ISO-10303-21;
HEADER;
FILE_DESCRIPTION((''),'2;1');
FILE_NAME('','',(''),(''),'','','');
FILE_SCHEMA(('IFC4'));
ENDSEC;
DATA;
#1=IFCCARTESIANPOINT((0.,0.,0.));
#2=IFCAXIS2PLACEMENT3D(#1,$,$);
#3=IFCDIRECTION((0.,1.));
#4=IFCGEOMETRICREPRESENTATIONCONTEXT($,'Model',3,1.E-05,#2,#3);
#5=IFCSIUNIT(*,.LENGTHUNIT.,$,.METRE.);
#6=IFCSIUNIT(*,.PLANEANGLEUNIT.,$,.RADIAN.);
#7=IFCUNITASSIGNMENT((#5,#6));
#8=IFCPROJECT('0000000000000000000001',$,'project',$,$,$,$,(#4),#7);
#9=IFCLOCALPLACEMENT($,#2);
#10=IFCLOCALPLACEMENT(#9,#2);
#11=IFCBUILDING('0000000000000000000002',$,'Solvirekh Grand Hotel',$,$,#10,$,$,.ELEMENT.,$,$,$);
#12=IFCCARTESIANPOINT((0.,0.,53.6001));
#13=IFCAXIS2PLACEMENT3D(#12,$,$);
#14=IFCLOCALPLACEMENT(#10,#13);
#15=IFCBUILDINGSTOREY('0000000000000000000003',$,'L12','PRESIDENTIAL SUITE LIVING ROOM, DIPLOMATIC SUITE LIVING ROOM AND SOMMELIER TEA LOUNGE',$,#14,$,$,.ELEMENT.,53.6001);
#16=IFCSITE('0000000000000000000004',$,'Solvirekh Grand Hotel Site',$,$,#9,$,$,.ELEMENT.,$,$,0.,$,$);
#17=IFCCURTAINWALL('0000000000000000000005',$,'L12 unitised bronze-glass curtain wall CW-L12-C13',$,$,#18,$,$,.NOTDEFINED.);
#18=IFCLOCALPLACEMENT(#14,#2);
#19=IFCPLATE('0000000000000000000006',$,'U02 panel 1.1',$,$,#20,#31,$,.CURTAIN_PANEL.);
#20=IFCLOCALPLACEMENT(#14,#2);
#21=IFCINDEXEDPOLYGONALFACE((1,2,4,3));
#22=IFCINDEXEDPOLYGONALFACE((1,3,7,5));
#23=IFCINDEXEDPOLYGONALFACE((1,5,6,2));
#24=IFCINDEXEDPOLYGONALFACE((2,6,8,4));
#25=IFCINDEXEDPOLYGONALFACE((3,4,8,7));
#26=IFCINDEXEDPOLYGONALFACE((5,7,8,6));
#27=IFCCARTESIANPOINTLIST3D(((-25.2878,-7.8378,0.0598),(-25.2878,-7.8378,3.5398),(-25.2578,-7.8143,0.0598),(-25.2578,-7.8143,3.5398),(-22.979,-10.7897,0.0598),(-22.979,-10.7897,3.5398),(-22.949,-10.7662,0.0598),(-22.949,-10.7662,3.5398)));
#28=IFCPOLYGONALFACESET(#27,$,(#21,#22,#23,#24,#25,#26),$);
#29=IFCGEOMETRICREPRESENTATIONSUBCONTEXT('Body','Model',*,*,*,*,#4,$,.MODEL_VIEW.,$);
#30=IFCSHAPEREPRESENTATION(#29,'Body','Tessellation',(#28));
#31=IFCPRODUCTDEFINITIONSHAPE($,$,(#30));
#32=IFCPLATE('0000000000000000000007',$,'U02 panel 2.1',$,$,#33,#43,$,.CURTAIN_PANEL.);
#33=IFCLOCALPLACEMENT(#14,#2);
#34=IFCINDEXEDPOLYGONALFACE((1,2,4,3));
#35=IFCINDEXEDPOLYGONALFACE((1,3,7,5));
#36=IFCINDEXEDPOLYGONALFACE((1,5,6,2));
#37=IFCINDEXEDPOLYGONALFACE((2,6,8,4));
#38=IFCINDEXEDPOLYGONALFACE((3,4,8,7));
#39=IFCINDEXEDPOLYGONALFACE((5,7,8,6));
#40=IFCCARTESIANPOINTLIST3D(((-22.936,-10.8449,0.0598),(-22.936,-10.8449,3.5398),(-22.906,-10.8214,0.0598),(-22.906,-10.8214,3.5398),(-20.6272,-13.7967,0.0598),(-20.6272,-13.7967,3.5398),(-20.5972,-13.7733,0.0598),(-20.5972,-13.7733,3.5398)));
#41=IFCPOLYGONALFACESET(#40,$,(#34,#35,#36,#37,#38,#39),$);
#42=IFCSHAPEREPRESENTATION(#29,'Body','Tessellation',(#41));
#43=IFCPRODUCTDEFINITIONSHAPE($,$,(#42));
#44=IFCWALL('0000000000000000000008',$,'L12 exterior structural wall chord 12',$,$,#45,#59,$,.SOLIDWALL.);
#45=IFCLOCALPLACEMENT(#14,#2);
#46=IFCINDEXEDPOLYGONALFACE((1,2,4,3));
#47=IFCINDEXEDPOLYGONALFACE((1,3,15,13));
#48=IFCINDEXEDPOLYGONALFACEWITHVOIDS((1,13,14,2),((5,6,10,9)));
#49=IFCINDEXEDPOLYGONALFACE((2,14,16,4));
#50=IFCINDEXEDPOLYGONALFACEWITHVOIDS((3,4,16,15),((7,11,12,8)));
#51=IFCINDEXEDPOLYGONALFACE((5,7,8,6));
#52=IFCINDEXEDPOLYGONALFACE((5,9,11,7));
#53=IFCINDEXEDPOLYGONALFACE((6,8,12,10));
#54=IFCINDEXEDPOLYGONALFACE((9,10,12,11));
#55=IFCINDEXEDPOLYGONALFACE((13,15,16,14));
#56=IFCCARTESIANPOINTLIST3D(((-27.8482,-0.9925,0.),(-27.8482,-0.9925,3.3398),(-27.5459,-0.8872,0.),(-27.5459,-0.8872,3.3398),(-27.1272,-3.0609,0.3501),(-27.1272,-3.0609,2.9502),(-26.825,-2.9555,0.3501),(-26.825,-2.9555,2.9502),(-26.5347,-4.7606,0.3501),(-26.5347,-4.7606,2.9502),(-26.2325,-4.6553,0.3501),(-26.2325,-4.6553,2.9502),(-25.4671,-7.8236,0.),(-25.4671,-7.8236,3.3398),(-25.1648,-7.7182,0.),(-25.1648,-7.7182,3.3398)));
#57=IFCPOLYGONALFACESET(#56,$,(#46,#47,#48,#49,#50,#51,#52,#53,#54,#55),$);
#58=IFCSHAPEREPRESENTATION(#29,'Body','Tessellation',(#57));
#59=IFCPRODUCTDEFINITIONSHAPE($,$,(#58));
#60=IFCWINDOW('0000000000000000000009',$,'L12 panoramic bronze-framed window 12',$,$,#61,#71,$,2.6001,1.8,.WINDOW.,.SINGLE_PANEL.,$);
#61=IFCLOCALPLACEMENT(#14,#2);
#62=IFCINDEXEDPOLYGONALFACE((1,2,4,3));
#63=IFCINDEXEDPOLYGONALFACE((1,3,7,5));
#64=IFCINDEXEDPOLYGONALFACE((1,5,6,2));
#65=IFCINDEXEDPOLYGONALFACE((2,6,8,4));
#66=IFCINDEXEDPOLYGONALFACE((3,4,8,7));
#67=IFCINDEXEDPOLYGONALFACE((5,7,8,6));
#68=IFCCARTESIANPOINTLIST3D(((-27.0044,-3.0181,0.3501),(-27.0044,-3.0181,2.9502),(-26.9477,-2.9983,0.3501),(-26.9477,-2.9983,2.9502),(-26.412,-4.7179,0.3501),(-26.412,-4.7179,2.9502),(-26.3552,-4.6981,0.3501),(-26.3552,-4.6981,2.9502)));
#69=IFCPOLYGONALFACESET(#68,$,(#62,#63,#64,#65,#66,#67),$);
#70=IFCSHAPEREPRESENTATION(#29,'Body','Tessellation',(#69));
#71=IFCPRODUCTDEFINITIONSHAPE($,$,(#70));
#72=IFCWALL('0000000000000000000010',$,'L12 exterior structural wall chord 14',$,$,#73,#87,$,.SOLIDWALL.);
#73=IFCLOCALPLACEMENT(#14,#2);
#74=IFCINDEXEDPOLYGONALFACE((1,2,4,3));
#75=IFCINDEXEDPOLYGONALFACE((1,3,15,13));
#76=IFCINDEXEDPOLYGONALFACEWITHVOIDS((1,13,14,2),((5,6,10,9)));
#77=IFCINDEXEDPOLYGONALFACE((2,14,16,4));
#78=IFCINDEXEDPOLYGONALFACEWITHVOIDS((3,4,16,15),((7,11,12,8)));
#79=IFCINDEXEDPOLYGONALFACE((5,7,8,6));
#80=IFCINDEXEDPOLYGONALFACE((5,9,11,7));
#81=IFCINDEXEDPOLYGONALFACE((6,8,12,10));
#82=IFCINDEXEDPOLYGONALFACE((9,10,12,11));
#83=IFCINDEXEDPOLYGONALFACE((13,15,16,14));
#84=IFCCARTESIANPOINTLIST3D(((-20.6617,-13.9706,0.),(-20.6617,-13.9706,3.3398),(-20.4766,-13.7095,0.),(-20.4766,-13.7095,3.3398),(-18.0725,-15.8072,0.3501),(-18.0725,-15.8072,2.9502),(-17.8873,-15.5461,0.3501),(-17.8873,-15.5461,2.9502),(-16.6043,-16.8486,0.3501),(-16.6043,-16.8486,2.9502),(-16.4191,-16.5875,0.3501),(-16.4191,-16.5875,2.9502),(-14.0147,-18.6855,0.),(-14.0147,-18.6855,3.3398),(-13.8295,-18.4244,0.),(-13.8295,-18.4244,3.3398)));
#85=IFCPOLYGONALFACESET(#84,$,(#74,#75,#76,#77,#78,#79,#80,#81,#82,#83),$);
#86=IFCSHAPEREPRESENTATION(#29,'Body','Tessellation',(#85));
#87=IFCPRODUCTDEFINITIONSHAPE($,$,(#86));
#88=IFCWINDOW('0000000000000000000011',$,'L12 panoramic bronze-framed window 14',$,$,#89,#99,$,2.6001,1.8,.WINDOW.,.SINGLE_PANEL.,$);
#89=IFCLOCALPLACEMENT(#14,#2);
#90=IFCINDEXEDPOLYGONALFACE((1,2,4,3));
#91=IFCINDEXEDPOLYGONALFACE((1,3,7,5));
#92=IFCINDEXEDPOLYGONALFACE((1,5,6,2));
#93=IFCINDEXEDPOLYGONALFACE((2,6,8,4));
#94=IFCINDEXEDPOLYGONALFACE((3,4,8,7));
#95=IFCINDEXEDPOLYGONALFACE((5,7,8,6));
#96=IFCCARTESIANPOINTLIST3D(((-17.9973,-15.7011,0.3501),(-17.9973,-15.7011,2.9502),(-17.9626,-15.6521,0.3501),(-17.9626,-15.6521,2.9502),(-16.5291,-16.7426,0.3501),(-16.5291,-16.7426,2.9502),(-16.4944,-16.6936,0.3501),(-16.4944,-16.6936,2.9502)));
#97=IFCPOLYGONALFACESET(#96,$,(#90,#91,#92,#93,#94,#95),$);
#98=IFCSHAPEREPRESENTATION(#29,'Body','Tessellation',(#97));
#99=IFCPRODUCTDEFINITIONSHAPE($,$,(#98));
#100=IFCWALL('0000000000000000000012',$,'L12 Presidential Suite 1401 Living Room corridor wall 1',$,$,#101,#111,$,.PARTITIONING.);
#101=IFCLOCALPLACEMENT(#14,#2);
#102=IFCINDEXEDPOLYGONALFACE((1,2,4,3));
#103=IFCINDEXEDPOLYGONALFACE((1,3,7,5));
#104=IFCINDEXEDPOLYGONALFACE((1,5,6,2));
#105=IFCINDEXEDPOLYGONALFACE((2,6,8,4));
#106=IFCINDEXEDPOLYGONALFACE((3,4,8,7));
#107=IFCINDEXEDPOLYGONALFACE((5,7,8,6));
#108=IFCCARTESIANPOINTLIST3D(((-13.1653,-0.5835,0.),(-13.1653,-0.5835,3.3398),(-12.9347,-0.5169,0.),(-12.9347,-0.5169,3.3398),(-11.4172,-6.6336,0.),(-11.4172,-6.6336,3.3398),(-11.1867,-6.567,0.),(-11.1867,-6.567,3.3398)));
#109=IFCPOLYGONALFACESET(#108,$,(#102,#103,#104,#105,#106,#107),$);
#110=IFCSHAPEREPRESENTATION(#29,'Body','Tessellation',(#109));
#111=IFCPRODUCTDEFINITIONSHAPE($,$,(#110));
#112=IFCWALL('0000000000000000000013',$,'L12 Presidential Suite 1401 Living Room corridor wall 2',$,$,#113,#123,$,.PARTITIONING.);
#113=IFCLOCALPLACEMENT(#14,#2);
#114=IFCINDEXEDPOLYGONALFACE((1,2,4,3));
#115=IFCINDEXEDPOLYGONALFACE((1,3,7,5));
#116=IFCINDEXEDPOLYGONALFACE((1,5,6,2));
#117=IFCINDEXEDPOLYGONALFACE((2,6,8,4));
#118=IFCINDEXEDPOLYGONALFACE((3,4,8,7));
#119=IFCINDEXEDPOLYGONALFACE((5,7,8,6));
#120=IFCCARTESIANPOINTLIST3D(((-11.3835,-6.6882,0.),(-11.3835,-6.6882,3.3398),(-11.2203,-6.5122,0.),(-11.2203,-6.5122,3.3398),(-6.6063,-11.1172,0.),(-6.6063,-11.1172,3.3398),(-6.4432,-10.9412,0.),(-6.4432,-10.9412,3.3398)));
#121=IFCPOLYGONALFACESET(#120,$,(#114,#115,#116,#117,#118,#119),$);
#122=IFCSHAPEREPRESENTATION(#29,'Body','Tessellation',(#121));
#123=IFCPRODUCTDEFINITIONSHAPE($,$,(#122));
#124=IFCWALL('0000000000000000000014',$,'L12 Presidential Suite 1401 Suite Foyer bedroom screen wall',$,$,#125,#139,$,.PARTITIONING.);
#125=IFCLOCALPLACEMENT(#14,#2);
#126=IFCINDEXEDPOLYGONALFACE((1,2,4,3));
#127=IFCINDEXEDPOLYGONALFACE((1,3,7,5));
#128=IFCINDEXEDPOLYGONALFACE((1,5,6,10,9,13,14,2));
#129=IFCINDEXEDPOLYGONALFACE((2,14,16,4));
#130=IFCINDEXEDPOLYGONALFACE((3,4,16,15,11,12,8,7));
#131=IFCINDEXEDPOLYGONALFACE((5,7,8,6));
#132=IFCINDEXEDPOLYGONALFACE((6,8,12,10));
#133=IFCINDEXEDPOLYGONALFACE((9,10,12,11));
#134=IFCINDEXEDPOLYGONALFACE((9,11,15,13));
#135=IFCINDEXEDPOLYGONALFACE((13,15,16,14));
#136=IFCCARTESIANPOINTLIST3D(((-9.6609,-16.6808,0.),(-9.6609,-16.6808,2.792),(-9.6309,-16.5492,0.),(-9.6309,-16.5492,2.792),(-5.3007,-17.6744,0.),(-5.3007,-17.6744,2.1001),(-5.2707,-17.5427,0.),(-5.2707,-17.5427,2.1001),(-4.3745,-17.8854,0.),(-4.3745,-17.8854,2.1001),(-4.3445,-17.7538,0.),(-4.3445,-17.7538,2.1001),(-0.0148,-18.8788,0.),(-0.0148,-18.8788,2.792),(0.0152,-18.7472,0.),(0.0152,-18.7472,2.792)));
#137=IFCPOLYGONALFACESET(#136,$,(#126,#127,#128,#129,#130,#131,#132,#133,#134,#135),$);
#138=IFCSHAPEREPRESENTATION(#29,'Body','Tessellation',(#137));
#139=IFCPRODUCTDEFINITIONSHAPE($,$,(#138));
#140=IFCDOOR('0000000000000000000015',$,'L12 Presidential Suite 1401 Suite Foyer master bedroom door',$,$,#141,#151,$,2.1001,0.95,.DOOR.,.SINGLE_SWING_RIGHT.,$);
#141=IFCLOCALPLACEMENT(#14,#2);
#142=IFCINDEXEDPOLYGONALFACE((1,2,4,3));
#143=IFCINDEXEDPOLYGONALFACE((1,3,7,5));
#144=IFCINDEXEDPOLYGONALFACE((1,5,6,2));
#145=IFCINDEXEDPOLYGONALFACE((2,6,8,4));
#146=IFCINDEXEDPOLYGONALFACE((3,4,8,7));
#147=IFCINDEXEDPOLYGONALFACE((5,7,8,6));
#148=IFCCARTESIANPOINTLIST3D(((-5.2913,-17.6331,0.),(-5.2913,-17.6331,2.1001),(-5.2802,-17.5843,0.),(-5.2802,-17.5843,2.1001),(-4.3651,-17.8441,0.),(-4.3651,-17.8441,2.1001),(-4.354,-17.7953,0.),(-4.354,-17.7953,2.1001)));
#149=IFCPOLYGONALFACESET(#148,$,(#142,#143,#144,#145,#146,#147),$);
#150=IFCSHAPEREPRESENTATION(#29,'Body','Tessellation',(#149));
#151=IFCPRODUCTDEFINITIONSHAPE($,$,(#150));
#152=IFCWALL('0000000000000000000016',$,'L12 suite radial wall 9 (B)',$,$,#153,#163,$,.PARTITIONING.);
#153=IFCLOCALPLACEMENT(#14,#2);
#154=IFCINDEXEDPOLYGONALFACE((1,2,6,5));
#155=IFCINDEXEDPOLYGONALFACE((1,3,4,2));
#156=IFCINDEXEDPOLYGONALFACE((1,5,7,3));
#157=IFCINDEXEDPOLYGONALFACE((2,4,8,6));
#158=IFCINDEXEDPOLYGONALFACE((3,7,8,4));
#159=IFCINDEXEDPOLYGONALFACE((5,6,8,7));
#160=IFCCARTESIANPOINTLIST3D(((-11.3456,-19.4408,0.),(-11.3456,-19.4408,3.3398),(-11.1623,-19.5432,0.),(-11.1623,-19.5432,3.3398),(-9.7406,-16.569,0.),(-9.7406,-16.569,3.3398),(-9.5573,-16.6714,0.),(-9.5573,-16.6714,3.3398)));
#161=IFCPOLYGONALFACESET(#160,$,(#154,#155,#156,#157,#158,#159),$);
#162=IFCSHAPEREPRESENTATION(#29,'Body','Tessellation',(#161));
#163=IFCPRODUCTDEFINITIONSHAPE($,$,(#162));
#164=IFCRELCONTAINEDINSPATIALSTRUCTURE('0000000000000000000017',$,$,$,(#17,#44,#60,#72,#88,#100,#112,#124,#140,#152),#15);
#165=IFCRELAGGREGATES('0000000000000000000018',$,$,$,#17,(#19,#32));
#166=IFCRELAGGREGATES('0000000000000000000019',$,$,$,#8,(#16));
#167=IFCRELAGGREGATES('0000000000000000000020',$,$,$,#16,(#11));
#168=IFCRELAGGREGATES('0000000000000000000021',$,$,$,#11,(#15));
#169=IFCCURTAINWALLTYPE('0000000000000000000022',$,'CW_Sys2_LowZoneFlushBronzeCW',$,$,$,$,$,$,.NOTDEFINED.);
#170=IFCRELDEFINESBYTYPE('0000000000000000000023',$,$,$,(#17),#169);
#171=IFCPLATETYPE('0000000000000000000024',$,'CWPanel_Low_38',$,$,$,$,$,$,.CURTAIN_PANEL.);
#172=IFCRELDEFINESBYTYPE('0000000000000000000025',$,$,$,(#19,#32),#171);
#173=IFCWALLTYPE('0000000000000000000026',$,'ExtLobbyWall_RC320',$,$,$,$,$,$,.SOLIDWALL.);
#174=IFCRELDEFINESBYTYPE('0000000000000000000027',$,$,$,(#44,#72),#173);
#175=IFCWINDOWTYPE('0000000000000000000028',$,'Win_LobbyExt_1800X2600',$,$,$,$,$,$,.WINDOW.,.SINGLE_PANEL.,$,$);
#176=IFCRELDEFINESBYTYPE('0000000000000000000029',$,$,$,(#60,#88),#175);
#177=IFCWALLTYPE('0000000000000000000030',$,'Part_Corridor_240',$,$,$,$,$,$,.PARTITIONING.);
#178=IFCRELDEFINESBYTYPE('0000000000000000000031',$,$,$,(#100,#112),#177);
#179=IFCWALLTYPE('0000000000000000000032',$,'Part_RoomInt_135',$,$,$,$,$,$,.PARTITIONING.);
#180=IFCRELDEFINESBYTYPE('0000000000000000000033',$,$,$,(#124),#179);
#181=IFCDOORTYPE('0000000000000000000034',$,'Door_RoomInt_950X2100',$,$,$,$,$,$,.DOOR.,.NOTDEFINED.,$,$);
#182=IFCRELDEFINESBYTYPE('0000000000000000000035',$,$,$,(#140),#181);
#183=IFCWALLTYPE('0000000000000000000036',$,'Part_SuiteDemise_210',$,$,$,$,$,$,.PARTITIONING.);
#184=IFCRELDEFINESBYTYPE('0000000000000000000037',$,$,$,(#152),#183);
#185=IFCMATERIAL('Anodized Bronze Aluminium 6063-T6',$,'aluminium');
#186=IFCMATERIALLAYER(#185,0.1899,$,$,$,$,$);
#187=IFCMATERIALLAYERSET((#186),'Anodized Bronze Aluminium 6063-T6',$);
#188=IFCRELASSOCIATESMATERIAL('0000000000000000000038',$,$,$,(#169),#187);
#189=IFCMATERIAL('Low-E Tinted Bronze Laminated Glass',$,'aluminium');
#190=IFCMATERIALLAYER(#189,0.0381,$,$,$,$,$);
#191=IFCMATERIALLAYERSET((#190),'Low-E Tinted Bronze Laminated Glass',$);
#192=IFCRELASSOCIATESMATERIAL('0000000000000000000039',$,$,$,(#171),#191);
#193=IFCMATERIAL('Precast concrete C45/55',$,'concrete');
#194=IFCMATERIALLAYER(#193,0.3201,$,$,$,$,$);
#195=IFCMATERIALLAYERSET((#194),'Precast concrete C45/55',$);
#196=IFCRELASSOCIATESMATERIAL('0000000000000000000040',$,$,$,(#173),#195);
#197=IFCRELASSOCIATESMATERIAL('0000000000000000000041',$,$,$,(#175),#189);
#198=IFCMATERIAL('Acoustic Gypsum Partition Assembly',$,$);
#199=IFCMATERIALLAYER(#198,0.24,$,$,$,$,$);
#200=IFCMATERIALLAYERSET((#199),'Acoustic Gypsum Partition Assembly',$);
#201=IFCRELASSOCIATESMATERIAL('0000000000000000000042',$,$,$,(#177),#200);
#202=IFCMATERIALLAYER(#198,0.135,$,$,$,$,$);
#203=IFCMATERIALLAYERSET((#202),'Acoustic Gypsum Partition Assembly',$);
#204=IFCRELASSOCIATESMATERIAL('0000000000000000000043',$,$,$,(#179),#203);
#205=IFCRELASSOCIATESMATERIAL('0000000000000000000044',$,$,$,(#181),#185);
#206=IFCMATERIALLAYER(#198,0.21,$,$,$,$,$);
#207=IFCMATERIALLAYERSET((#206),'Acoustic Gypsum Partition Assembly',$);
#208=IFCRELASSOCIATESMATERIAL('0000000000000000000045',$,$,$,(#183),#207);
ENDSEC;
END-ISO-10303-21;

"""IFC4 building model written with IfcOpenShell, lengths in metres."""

from ifc_helpers import new_model, si_unit, direction, frame, frame_2d, origin, origin_2d, place, context, subcontext, project, spatial, rectangle, extrude, source, transform, mapped, material, layer, layer_set, type_object, element, fill, aggregate, save


model = new_model("IFC4")

# Units and contexts
model_context = context("Model", 3, precision=1e-05, world=origin(), true_north=direction((0.0, 1.0)))
body_context = subcontext(model_context, "Body", "Model", "MODEL_VIEW")
ifc_project = project(units=[si_unit("LENGTHUNIT", "METRE"), si_unit("PLANEANGLEUNIT", "RADIAN")], contexts=[model_context])

# Site, building, storey
site_placement = place(None, origin())
site = spatial("IfcSite", under=ifc_project, at=site_placement, Name="Solvirekh Grand Hotel Site", CompositionType="ELEMENT", RefElevation=0.0)
building_placement = place(site_placement, origin())
building = spatial("IfcBuilding", under=site, at=building_placement, Name="Solvirekh Grand Hotel", CompositionType="ELEMENT")
storey_placement = place(building_placement, frame((0.0, 0.0, 53.6001)))
storey = spatial("IfcBuildingStorey", under=building, at=storey_placement, Name="L12", Description="PRESIDENTIAL SUITE LIVING ROOM, DIPLOMATIC SUITE LIVING ROOM AND SOMMELIER TEA LOUNGE", CompositionType="ELEMENT", Elevation=53.6001)

# Curtain wall
ifc_material_1 = material(Name="Anodized Bronze Aluminium 6063-T6", Category="aluminium")
ifc_layer_1 = layer(ifc_material_1, 0.1899)
ifc_layer_set_1 = layer_set([ifc_layer_1], Name="Anodized Bronze Aluminium 6063-T6")
curtain_wall_type = type_object("IfcCurtainWallType", Name="CW_Sys2_LowZoneFlushBronzeCW", PredefinedType="NOTDEFINED", material=ifc_layer_set_1)
curtain_wall_1_placement = place(storey_placement, origin())
curtain_wall_1 = element("IfcCurtainWall", 1, at=curtain_wall_1_placement, inside=storey, type_object=curtain_wall_type, Name="L12 unitised bronze-glass curtain wall CW-L12-C13", PredefinedType="NOTDEFINED")

# Plates
ifc_material_2 = material(Name="Low-E Tinted Bronze Laminated Glass", Category="aluminium")
ifc_layer_2 = layer(ifc_material_2, 0.0381)
ifc_layer_set_2 = layer_set([ifc_layer_2], Name="Low-E Tinted Bronze Laminated Glass")
plate_type = type_object("IfcPlateType", Name="CWPanel_Low_38", PredefinedType="CURTAIN_PANEL", material=ifc_layer_set_2)
shared_shape_1 = source(origin(), body_context, "Body", "SweptSolid", [
    extrude(rectangle(XDim=3.7476, YDim=0.0381, at=origin_2d()), origin(), (0.0, 0.0, 1.0), 3.48),
])
plate_1_placement = place(storey_placement, frame((-24.1184, -9.302, 0.0598), z_axis=(0.0, 0.0, 1.0), x_axis=(0.616095, -0.787672, 0.0)))
plate_1 = element("IfcPlate", 2, at=plate_1_placement, type_object=plate_type, Name="U02 panel 1.1", PredefinedType="CURTAIN_PANEL", context=body_context, shape_type="MappedRepresentation", body=[
    mapped(shared_shape_1, transform((0.0, 0.0, 0.0), x_axis=(1.0, 0.0, 0.0), y_axis=(0.0, 1.0, 0.0), z_axis=(0.0, 0.0, 1.0), scale=1.0)),
])
plate_2_placement = place(storey_placement, frame((-21.7666, -12.3091, 0.0598), z_axis=(0.0, 0.0, 1.0), x_axis=(0.616095, -0.787672, 0.0)))
plate_2 = element("IfcPlate", 3, at=plate_2_placement, type_object=plate_type, Name="U02 panel 2.1", PredefinedType="CURTAIN_PANEL", context=body_context, shape_type="MappedRepresentation", body=[
    mapped(shared_shape_1, transform((0.0, 0.0, 0.0), x_axis=(1.0, 0.0, 0.0), y_axis=(0.0, 1.0, 0.0), z_axis=(0.0, 0.0, 1.0), scale=1.0)),
])
aggregate(curtain_wall_1, [plate_1, plate_2])

# Walls, openings, windows
ifc_material_3 = material(Name="Precast concrete C45/55", Category="concrete")
ifc_layer_3 = layer(ifc_material_3, 0.3201)
ifc_layer_set_3 = layer_set([ifc_layer_3], Name="Precast concrete C45/55")
wall_type_1 = type_object("IfcWallType", Name="ExtLobbyWall_RC320", PredefinedType="SOLIDWALL", material=ifc_layer_set_3)
wall_1_placement = place(storey_placement, frame((-25.3159, -7.771, 0.0), z_axis=(0.0, 0.0, 1.0), x_axis=(-0.329148, 0.944279, 0.0)))
wall_1 = element("IfcWall", 4, at=wall_1_placement, inside=storey, type_object=wall_type_1, Name="L12 exterior structural wall chord 12", PredefinedType="SOLIDWALL", context=body_context, shape_type="SweptSolid", body=[
    extrude(rectangle(XDim=7.2341, YDim=0.3201, at=frame_2d((3.6172, 0.0))), origin(), (0.0, 0.0, 1.0), 3.3398),
])
opening_1_placement = place(wall_1_placement, frame((3.2439, 0.0, 0.3501)))
opening_1 = element("IfcOpeningElement", 5, at=opening_1_placement, cuts=wall_1, PredefinedType="OPENING", context=body_context, shape_type="SweptSolid", body=[
    extrude(rectangle(XDim=1.8, YDim=2.6001, at=frame_2d((0.8999, 1.3))), frame((0.0, 0.1699, 0.0), z_axis=(0.0, -1.0, 0.0), x_axis=(1.0, 0.0, 0.0)), (0.0, 0.0, 1.0), 0.3401),
])
window_type = type_object("IfcWindowType", Name="Win_LobbyExt_1800X2600", PartitioningType="SINGLE_PANEL", PredefinedType="WINDOW", material=ifc_material_2)
window_1_placement = place(opening_1_placement, origin())
window_1 = element("IfcWindow", 6, at=window_1_placement, inside=storey, type_object=window_type, Name="L12 panoramic bronze-framed window 12", OverallHeight=2.6001, OverallWidth=1.8, PartitioningType="SINGLE_PANEL", PredefinedType="WINDOW", context=body_context, shape_type="SweptSolid", body=[
    extrude(rectangle(XDim=1.8, YDim=2.6001, at=frame_2d((0.8999, 1.3))), frame((0.0, 0.03, 0.0), z_axis=(0.0, -1.0, 0.0), x_axis=(1.0, 0.0, 0.0)), (0.0, 0.0, 1.0), 0.0601),
])
fill(opening_1, window_1)
wall_2_placement = place(storey_placement, frame((-13.9221, -18.5549, 0.0), z_axis=(0.0, 0.0, 1.0), x_axis=(-0.815644, 0.578554, 0.0)))
wall_2 = element("IfcWall", 7, at=wall_2_placement, inside=storey, type_object=wall_type_1, Name="L12 exterior structural wall chord 14", PredefinedType="SOLIDWALL", context=body_context, shape_type="SweptSolid", body=[
    extrude(rectangle(XDim=8.1494, YDim=0.3201, at=frame_2d((4.0747, 0.0))), origin(), (0.0, 0.0, 1.0), 3.3398),
])
opening_2_placement = place(wall_2_placement, frame((3.175, 0.0, 0.3501)))
opening_2 = element("IfcOpeningElement", 8, at=opening_2_placement, cuts=wall_2, PredefinedType="OPENING", context=body_context, shape_type="SweptSolid", body=[
    extrude(rectangle(XDim=1.8, YDim=2.6001, at=frame_2d((0.8999, 1.3))), frame((0.0, 0.1699, 0.0), z_axis=(0.0, -1.0, 0.0), x_axis=(1.0, 0.0, 0.0)), (0.0, 0.0, 1.0), 0.3401),
])
window_2_placement = place(opening_2_placement, origin())
window_2 = element("IfcWindow", 9, at=window_2_placement, inside=storey, type_object=window_type, Name="L12 panoramic bronze-framed window 14", OverallHeight=2.6001, OverallWidth=1.8, PartitioningType="SINGLE_PANEL", PredefinedType="WINDOW", context=body_context, shape_type="SweptSolid", body=[
    extrude(rectangle(XDim=1.8, YDim=2.6001, at=frame_2d((0.8999, 1.3))), frame((0.0, 0.03, 0.0), z_axis=(0.0, -1.0, 0.0), x_axis=(1.0, 0.0, 0.0)), (0.0, 0.0, 1.0), 0.0601),
])
fill(opening_2, window_2)

# Walls
ifc_material_4 = material(Name="Acoustic Gypsum Partition Assembly")
ifc_layer_4 = layer(ifc_material_4, 0.24)
ifc_layer_set_4 = layer_set([ifc_layer_4], Name="Acoustic Gypsum Partition Assembly")
wall_type_2 = type_object("IfcWallType", Name="Part_Corridor_240", PredefinedType="PARTITIONING", material=ifc_layer_set_4)
wall_3_placement = place(storey_placement, frame((-13.05, -0.55, 0.0), z_axis=(0.0, 0.0, 1.0), x_axis=(0.277577, -0.960703, 0.0)))
element("IfcWall", 10, at=wall_3_placement, inside=storey, type_object=wall_type_2, Name="L12 Presidential Suite 1401 Living Room corridor wall 1", PredefinedType="PARTITIONING", context=body_context, shape_type="SweptSolid", body=[
    extrude(rectangle(XDim=6.2976, YDim=0.24, at=frame_2d((3.1489, 0.0))), origin(), (0.0, 0.0, 1.0), 3.3398),
])
wall_4_placement = place(storey_placement, frame((-11.302, -6.6001, 0.0), z_axis=(0.0, 0.0, 1.0), x_axis=(0.733323, -0.67988, 0.0)))
element("IfcWall", 11, at=wall_4_placement, inside=storey, type_object=wall_type_2, Name="L12 Presidential Suite 1401 Living Room corridor wall 2", PredefinedType="PARTITIONING", context=body_context, shape_type="SweptSolid", body=[
    extrude(rectangle(XDim=6.5144, YDim=0.24, at=frame_2d((3.2573, 0.0))), origin(), (0.0, 0.0, 1.0), 3.3398),
])

# Wall, opening, door
ifc_layer_5 = layer(ifc_material_4, 0.135)
ifc_layer_set_5 = layer_set([ifc_layer_5], Name="Acoustic Gypsum Partition Assembly")
wall_type_3 = type_object("IfcWallType", Name="Part_RoomInt_135", PredefinedType="PARTITIONING", material=ifc_layer_set_5)
wall_5_placement = place(storey_placement, frame((-9.646, -16.615, 0.0), z_axis=(0.0, 0.0, 1.0), x_axis=(0.975008, -0.222171, 0.0)))
wall_5 = element("IfcWall", 12, at=wall_5_placement, inside=storey, type_object=wall_type_3, Name="L12 Presidential Suite 1401 Suite Foyer bedroom screen wall", PredefinedType="PARTITIONING", context=body_context, shape_type="SweptSolid", body=[
    extrude(rectangle(XDim=9.8933, YDim=0.135, at=frame_2d((4.9468, 0.0))), origin(), (0.0, 0.0, 1.0), 2.792),
])
opening_3_placement = place(wall_5_placement, frame((4.4719, 0.0, 0.0)))
opening_3 = element("IfcOpeningElement", 13, at=opening_3_placement, cuts=wall_5, PredefinedType="OPENING", context=body_context, shape_type="SweptSolid", body=[
    extrude(rectangle(XDim=0.95, YDim=2.1001, at=frame_2d((0.4751, 1.05))), frame((0.0, 0.0776, 0.0), z_axis=(0.0, -1.0, 0.0), x_axis=(1.0, 0.0, 0.0)), (0.0, 0.0, 1.0), 0.155),
])
door_type = type_object("IfcDoorType", Name="Door_RoomInt_950X2100", OperationType="NOTDEFINED", PredefinedType="DOOR", material=ifc_material_1)
door_placement = place(opening_3_placement, origin())
door = element("IfcDoor", 14, at=door_placement, inside=storey, type_object=door_type, Name="L12 Presidential Suite 1401 Suite Foyer master bedroom door", OperationType="SINGLE_SWING_RIGHT", OverallHeight=2.1001, OverallWidth=0.95, PredefinedType="DOOR", context=body_context, shape_type="SweptSolid", body=[
    extrude(rectangle(XDim=0.95, YDim=2.1001, at=frame_2d((0.4751, 1.05))), frame((0.0, 0.0249, 0.0), z_axis=(0.0, -1.0, 0.0), x_axis=(1.0, 0.0, 0.0)), (0.0, 0.0, 1.0), 0.05),
])
fill(opening_3, door)

# Wall
ifc_layer_6 = layer(ifc_material_4, 0.21)
ifc_layer_set_6 = layer_set([ifc_layer_6], Name="Acoustic Gypsum Partition Assembly")
wall_type_4 = type_object("IfcWallType", Name="Part_SuiteDemise_210", PredefinedType="PARTITIONING", material=ifc_layer_set_6)
wall_6_placement = place(storey_placement, frame((-9.6489, -16.6201, 0.0), z_axis=(0.0, 0.0, 1.0), x_axis=(-0.487853, -0.872926, 0.0)))
element("IfcWall", 15, at=wall_6_placement, inside=storey, type_object=wall_type_4, Name="L12 suite radial wall 9 (B)", PredefinedType="PARTITIONING", context=body_context, shape_type="SweptSolid", body=[
    extrude(rectangle(XDim=3.2898, YDim=0.21, at=frame_2d((1.645, 0.0))), origin(), (0.0, 0.0, 1.0), 3.3398),
])

save(model, "model.ifc")
